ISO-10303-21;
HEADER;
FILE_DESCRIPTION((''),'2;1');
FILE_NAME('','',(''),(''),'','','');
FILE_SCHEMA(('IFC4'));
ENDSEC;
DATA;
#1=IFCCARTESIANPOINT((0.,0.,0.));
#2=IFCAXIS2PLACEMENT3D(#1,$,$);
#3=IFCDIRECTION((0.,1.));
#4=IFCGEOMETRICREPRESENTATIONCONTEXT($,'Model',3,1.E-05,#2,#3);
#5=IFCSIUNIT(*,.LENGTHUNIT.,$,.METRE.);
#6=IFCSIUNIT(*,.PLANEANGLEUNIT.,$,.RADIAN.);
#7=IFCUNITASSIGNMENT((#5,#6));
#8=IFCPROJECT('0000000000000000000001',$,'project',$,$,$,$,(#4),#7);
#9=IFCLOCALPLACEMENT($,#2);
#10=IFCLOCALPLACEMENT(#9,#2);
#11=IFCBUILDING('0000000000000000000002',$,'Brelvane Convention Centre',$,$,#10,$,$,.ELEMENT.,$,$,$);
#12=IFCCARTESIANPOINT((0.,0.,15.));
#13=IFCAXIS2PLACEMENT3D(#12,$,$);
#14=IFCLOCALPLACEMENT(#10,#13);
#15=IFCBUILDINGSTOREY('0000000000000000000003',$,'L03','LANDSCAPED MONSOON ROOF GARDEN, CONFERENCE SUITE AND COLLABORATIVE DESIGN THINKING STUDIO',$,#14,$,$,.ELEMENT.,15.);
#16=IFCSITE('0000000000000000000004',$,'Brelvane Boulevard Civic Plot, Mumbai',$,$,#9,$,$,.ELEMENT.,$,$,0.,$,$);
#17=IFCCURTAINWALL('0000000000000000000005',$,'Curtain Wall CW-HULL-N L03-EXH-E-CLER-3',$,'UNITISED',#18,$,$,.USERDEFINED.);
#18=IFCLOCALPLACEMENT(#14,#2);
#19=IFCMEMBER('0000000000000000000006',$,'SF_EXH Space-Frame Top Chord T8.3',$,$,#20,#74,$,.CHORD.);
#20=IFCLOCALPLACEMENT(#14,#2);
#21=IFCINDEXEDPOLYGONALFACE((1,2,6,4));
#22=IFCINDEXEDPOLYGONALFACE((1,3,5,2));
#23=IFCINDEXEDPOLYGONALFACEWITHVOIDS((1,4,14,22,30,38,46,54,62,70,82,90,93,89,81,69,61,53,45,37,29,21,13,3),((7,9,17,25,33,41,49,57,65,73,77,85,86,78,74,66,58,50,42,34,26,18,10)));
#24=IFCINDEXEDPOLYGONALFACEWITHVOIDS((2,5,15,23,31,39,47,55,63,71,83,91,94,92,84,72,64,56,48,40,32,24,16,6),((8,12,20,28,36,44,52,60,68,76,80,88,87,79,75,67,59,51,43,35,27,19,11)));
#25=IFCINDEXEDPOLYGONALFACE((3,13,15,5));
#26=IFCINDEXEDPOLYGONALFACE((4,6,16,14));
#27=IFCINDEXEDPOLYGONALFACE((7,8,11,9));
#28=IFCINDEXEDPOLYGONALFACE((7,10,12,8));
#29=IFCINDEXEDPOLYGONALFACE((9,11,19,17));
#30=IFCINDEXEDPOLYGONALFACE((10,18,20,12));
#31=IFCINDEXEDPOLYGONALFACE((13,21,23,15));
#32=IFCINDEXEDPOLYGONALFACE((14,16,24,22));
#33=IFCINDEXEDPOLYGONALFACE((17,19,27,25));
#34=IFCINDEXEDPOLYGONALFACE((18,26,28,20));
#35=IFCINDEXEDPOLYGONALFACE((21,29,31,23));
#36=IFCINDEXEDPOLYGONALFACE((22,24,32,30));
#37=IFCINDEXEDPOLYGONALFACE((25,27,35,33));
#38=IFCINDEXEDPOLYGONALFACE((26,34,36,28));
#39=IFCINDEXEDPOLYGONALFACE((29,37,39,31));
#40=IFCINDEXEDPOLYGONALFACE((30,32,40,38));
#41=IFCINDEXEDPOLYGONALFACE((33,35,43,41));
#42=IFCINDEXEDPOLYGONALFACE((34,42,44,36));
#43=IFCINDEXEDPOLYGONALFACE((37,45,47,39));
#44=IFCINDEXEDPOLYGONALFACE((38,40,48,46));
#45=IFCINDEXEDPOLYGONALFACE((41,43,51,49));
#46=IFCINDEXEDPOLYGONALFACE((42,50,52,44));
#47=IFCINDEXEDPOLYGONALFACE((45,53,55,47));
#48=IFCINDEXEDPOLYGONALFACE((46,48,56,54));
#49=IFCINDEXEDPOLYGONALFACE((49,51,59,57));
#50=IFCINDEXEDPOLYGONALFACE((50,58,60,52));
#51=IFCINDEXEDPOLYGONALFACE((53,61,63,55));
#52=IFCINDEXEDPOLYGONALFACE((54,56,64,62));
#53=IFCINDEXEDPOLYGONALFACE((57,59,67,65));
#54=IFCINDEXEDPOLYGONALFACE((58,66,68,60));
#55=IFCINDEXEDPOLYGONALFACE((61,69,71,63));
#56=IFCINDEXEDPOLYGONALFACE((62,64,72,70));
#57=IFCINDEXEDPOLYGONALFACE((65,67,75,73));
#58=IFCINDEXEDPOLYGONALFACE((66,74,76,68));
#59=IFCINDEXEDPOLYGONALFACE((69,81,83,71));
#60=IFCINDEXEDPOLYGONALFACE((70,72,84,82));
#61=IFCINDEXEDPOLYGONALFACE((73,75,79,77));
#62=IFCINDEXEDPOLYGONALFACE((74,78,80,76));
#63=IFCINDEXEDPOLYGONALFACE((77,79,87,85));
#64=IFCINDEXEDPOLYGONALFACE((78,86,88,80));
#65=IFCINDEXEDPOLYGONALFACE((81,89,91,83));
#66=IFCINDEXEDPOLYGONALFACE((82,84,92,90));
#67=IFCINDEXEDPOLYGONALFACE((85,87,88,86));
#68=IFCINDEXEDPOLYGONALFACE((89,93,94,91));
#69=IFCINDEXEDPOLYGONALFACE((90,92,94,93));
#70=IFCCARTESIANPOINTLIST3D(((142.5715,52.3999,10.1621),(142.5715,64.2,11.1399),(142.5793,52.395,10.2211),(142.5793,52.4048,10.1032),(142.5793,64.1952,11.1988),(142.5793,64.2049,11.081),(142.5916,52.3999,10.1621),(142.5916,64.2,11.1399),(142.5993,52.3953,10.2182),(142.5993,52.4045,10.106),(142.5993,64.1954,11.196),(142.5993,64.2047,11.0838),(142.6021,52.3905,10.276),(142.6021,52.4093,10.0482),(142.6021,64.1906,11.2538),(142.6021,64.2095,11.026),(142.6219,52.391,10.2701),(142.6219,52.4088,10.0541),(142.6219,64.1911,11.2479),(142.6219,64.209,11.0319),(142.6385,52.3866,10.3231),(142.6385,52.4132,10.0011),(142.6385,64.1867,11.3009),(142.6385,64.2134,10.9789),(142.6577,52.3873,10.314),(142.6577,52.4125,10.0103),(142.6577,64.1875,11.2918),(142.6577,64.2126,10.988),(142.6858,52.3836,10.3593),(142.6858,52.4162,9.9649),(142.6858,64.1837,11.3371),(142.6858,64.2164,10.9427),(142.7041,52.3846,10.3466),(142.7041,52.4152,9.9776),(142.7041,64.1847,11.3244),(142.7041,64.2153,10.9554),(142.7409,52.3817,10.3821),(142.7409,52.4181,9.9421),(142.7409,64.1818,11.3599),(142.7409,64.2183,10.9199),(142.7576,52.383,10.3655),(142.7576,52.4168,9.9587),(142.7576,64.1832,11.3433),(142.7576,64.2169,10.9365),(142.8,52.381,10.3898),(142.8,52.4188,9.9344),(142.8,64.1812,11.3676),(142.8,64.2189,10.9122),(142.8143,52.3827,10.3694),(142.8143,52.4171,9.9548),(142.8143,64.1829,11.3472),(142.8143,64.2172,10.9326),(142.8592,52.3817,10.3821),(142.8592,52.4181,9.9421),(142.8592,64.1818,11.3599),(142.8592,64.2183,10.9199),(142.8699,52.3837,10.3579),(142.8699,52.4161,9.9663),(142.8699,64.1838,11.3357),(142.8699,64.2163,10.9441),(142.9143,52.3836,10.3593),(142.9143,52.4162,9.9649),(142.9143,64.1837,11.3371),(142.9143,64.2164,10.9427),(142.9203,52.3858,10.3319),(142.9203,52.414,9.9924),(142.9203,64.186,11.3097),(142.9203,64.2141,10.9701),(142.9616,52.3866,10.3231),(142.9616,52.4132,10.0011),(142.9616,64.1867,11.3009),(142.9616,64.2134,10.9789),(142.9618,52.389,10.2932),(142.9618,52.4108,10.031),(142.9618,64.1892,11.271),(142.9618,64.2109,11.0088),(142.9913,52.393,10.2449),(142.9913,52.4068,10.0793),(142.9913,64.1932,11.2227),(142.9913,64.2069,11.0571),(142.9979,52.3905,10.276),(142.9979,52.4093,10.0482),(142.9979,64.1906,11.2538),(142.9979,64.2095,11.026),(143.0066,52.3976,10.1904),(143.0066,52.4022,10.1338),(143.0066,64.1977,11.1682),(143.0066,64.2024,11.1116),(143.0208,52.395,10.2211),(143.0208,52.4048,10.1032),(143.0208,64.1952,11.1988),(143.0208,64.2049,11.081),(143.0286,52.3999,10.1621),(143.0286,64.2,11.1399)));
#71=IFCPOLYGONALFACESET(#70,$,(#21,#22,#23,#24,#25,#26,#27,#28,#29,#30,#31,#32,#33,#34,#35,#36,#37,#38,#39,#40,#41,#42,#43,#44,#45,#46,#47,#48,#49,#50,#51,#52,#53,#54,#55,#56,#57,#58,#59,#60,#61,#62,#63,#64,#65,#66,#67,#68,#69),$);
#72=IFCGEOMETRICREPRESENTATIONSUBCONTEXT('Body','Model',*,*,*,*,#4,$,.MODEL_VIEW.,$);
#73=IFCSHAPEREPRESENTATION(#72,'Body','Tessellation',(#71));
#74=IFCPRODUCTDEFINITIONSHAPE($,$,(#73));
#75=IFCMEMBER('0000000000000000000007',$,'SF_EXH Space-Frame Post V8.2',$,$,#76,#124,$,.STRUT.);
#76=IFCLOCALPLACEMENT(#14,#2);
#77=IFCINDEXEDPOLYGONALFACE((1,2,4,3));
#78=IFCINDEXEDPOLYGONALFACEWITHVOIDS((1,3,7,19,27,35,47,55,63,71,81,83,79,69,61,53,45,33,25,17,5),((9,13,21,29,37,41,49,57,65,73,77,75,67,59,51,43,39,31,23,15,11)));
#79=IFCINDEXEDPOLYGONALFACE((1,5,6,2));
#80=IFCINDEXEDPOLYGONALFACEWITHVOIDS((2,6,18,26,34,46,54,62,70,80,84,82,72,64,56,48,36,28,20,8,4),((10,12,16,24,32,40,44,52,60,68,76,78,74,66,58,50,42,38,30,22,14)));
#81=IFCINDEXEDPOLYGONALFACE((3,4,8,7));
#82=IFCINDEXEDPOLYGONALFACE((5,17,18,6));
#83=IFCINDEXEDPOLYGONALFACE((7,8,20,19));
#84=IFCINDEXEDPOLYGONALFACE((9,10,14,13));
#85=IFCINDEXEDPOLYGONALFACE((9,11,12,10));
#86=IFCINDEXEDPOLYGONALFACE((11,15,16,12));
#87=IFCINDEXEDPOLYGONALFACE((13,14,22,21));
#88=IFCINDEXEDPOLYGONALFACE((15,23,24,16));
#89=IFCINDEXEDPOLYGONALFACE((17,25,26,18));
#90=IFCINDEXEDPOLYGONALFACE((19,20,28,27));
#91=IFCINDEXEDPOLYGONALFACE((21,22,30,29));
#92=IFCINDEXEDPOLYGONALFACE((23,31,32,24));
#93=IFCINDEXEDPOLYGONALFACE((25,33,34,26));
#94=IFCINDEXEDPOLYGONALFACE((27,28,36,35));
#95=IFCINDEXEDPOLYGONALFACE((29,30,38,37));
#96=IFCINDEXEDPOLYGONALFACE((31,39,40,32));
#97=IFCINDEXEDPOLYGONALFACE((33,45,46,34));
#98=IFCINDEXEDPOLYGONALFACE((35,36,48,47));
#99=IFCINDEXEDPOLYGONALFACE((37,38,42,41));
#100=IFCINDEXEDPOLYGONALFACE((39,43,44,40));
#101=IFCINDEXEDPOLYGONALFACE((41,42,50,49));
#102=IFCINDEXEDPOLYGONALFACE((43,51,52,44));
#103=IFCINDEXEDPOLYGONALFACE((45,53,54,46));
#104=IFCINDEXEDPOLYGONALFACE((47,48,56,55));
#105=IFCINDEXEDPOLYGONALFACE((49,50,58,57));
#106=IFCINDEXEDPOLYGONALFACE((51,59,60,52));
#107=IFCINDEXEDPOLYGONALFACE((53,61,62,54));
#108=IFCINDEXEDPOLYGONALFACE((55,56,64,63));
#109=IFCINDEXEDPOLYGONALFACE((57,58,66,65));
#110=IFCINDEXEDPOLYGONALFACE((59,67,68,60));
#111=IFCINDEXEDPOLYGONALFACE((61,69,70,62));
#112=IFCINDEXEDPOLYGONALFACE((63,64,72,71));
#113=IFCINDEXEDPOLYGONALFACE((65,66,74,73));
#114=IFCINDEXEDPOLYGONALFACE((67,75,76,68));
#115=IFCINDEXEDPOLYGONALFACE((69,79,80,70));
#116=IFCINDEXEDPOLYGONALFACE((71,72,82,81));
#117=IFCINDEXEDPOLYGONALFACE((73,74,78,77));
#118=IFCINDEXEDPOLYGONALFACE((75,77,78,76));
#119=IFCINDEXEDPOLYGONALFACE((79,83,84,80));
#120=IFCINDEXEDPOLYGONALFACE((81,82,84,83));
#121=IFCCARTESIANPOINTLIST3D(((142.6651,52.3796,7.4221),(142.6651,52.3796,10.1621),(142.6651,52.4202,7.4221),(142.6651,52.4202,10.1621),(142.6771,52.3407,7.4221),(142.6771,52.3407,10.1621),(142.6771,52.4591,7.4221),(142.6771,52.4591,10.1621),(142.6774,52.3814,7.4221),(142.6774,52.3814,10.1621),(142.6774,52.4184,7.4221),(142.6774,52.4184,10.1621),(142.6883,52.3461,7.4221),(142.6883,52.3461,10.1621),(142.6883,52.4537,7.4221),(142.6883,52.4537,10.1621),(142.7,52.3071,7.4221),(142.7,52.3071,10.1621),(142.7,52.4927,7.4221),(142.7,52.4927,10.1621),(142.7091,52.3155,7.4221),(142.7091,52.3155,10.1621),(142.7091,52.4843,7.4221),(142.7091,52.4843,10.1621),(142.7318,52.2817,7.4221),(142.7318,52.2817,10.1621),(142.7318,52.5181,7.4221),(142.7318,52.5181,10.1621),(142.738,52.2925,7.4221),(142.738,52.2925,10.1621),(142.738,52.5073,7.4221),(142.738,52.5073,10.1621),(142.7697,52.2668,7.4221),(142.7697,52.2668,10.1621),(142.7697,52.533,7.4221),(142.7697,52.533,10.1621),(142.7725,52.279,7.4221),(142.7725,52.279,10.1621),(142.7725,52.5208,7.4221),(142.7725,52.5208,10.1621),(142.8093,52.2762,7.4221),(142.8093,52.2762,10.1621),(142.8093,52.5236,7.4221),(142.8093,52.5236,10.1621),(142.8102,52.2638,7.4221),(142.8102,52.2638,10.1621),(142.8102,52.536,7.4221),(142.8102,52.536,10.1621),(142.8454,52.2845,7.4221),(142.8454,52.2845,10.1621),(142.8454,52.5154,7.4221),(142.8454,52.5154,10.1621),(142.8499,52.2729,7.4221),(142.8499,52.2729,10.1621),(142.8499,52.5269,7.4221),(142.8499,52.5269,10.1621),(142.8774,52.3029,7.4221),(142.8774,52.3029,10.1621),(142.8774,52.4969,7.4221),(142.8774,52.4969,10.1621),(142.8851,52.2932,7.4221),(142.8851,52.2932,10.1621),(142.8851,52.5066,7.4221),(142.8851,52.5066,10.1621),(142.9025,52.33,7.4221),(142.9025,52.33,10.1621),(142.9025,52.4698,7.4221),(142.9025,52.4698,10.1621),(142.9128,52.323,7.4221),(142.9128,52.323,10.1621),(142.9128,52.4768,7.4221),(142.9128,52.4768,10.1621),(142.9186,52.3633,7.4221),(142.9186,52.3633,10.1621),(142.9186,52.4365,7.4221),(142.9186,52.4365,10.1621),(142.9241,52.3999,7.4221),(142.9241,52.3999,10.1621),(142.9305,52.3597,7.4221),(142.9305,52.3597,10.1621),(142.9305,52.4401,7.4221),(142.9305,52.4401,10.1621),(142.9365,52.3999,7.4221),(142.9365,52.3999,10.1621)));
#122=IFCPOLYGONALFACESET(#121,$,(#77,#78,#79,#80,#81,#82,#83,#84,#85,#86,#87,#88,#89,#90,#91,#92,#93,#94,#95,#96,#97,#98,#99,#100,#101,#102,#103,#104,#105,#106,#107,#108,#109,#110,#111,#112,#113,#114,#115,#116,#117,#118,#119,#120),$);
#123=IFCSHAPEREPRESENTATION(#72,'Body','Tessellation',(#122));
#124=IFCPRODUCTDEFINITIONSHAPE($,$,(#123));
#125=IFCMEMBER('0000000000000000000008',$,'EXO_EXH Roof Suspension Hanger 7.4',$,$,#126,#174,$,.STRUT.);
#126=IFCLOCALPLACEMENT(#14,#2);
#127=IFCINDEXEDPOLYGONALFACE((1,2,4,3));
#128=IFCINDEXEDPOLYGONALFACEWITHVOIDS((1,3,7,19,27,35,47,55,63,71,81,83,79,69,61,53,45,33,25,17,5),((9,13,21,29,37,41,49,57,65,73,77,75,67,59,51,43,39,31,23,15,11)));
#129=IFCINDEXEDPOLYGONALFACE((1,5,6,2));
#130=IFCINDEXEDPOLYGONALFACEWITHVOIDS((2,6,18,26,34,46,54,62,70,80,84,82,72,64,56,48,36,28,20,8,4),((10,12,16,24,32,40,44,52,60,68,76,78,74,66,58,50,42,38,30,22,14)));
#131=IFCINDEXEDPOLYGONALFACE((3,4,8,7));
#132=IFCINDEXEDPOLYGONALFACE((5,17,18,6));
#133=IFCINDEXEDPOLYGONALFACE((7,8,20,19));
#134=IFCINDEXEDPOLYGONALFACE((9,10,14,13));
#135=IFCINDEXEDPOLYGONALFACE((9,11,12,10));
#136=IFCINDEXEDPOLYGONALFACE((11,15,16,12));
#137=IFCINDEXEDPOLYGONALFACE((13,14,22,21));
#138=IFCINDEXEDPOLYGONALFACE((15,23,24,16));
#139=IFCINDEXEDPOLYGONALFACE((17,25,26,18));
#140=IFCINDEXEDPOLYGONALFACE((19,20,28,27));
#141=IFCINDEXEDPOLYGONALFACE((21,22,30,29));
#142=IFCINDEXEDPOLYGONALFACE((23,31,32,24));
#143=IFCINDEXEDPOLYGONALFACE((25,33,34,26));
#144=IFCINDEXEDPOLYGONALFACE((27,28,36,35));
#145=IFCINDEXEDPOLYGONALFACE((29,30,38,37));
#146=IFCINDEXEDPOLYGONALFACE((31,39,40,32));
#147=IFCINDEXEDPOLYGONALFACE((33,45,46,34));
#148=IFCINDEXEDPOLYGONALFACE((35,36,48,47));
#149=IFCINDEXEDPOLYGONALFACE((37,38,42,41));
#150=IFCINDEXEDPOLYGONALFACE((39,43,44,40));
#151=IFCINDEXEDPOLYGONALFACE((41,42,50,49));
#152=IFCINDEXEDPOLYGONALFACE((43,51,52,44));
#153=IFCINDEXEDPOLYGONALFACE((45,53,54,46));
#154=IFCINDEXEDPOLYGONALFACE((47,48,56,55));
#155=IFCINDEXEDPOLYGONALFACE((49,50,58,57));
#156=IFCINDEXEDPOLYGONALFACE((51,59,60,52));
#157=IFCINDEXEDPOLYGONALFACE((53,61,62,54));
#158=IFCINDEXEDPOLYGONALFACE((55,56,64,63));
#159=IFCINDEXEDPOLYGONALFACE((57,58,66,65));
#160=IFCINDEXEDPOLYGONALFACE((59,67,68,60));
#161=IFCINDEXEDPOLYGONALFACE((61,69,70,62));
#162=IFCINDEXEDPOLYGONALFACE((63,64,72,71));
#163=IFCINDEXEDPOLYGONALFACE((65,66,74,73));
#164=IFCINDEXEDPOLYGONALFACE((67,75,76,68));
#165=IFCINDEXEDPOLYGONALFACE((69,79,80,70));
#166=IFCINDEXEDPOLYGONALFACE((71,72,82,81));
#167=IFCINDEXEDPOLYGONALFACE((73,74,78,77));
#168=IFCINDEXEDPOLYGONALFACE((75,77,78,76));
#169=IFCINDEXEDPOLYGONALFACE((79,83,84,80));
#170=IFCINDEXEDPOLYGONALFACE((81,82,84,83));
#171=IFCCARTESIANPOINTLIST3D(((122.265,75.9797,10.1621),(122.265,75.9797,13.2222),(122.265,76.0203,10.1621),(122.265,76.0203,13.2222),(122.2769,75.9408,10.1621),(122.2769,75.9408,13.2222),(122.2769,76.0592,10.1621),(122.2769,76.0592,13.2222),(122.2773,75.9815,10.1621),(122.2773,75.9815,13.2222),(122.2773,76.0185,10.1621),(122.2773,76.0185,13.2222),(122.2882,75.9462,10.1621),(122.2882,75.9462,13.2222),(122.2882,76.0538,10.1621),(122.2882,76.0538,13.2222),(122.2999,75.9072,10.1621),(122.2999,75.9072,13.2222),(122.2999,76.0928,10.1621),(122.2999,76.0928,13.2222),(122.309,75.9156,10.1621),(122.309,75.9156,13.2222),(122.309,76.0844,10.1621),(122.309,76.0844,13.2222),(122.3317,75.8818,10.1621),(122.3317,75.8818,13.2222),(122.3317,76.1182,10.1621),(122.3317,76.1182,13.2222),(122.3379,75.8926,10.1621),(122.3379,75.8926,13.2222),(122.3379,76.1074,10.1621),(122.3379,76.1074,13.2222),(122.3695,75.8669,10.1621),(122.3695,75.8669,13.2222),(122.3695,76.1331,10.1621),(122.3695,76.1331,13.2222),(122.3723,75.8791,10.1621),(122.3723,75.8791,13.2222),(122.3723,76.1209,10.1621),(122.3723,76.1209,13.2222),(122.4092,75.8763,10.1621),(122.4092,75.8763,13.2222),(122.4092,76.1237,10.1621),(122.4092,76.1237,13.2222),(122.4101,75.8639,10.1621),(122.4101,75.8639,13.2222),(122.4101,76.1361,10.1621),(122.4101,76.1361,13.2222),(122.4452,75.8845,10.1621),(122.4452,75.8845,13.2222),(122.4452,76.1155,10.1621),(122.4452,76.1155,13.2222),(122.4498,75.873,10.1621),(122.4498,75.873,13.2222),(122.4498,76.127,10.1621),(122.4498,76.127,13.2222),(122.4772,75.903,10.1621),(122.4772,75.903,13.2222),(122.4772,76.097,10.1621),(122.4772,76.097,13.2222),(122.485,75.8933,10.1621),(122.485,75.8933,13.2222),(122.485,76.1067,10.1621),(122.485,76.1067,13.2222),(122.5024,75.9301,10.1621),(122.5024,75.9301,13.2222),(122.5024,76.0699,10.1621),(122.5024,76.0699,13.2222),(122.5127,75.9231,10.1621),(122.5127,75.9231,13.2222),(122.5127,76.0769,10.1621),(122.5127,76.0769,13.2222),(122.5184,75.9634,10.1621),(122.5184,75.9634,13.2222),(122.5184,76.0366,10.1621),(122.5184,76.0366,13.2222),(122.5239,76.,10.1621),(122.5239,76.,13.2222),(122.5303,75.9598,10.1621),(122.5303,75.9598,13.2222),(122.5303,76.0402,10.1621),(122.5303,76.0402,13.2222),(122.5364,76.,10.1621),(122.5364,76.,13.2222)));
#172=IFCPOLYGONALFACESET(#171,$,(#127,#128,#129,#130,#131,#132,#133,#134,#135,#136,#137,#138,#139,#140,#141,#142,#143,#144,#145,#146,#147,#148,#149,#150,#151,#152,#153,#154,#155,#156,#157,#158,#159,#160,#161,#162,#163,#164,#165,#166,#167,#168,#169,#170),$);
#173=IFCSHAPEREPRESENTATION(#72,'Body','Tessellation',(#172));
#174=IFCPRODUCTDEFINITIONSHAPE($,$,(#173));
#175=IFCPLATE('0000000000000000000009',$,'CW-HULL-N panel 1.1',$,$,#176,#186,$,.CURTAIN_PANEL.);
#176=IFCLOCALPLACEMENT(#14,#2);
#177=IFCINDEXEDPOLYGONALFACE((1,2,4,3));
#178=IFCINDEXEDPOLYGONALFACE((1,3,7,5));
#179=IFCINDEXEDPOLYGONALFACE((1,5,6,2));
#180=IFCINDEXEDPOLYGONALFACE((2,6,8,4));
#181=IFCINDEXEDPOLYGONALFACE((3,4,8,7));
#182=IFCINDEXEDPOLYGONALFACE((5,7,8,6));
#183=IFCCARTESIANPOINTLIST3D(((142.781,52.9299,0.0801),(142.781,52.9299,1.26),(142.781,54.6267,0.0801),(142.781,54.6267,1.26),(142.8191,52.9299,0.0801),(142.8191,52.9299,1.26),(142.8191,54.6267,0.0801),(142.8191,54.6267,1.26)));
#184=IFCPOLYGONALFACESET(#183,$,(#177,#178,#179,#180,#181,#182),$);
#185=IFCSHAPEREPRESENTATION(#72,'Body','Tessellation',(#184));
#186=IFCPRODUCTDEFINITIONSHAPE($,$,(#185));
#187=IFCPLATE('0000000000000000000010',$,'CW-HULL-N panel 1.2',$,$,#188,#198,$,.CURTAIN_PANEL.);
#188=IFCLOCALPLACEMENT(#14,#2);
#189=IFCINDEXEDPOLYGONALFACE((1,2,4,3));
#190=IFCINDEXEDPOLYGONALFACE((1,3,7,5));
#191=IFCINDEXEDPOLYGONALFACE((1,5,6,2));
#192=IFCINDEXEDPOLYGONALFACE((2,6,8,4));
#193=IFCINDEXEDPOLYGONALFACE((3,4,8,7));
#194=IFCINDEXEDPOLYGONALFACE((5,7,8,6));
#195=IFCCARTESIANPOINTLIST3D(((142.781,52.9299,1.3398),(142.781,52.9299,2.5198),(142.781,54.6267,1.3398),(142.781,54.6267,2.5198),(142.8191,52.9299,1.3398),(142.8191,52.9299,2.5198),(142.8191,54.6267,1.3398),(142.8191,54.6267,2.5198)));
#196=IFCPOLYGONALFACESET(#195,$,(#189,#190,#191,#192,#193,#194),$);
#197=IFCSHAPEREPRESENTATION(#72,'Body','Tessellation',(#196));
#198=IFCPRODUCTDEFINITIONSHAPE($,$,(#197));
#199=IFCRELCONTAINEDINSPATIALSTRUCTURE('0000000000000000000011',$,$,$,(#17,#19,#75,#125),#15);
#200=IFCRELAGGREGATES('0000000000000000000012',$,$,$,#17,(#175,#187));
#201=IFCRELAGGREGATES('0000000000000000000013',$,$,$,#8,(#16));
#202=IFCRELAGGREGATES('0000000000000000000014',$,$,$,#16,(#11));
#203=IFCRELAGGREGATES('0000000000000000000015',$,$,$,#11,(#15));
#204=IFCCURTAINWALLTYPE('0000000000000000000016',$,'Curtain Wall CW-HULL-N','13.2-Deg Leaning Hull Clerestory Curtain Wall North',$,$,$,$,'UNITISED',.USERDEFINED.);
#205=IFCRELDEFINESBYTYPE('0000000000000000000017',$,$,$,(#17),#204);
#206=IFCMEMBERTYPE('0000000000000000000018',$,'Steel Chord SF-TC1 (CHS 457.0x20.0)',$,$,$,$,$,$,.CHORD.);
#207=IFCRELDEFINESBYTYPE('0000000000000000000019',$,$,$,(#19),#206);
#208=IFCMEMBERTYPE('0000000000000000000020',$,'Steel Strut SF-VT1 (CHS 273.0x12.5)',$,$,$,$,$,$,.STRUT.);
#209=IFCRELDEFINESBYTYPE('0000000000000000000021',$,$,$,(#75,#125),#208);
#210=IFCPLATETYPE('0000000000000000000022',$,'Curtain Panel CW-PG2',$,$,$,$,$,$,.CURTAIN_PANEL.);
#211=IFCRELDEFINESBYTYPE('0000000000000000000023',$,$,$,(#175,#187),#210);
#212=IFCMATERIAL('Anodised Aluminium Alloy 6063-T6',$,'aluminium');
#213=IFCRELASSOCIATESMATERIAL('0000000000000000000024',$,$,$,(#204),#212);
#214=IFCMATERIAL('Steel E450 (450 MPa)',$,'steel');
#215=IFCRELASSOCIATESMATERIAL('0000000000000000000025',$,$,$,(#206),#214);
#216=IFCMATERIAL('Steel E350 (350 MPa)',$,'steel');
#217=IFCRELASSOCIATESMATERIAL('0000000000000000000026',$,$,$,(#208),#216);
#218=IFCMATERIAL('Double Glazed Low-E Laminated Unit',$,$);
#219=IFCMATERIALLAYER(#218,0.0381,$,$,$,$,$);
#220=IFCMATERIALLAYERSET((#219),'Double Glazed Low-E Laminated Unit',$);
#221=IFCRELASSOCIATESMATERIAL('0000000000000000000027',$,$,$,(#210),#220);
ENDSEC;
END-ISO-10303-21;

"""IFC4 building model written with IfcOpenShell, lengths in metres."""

from ifc_helpers import new_model, si_unit, direction, frame, origin, origin_2d, place, context, subcontext, project, spatial, rectangle, hollow_circle, extrude, material, layer, layer_set, material_profile, profile_set, type_object, element, aggregate, save


model = new_model("IFC4")

# Units and contexts
model_context = context("Model", 3, precision=1e-05, world=origin(), true_north=direction((0.0, 1.0)))
body_context = subcontext(model_context, "Body", "Model", "MODEL_VIEW")
ifc_project = project(units=[si_unit("LENGTHUNIT", "METRE"), si_unit("PLANEANGLEUNIT", "RADIAN")], contexts=[model_context])

# Site, building, storey
site_placement = place(None, origin())
site = spatial("IfcSite", under=ifc_project, at=site_placement, Name="Brelvane Boulevard Civic Plot, Mumbai", CompositionType="ELEMENT", RefElevation=0.0)
building_placement = place(site_placement, origin())
building = spatial("IfcBuilding", under=site, at=building_placement, Name="Brelvane Convention Centre", CompositionType="ELEMENT")
storey_placement = place(building_placement, frame((0.0, 0.0, 15.0)))
storey = spatial("IfcBuildingStorey", under=building, at=storey_placement, Name="L03", Description="LANDSCAPED MONSOON ROOF GARDEN, CONFERENCE SUITE AND COLLABORATIVE DESIGN THINKING STUDIO", CompositionType="ELEMENT", Elevation=15.0)

# Curtain wall
ifc_material_1 = material(Name="Anodised Aluminium Alloy 6063-T6", Category="aluminium")
curtain_wall_type = type_object("IfcCurtainWallType", Name="Curtain Wall CW-HULL-N", Description="13.2-Deg Leaning Hull Clerestory Curtain Wall North", ElementType="UNITISED", PredefinedType="USERDEFINED", material=ifc_material_1)
curtain_wall_placement = place(storey_placement, origin())
curtain_wall = element("IfcCurtainWall", 1, at=curtain_wall_placement, inside=storey, type_object=curtain_wall_type, Name="Curtain Wall CW-HULL-N L03-EXH-E-CLER-3", ObjectType="UNITISED", PredefinedType="USERDEFINED")

# Members
ifc_material_2 = material(Name="Steel E450 (450 MPa)", Category="steel")
ifc_material_profile_1 = material_profile(ifc_material_2, hollow_circle(Radius=0.2285, WallThickness=0.02, at=origin_2d()), Name="CHS 457.0x20.0")
ifc_profile_set_1 = profile_set([ifc_material_profile_1], Name="Steel E450 (450 MPa)")
member_type_1 = type_object("IfcMemberType", Name="Steel Chord SF-TC1 (CHS 457.0x20.0)", PredefinedType="CHORD", material=ifc_profile_set_1)
member_1_placement = place(storey_placement, frame((142.8, 52.3999, 10.1621), z_axis=(0.0, 0.996584, 0.08258), x_axis=(-1.0, 0.0, 0.0)))
element("IfcMember", 2, at=member_1_placement, inside=storey, type_object=member_type_1, Name="SF_EXH Space-Frame Top Chord T8.3", PredefinedType="CHORD", context=body_context, shape_type="SweptSolid", body=[
    extrude(hollow_circle(Radius=0.2285, WallThickness=0.02, at=origin_2d()), origin(), (0.0, 0.0, 1.0), 11.8406),
])
ifc_material_3 = material(Name="Steel E350 (350 MPa)", Category="steel")
ifc_material_profile_2 = material_profile(ifc_material_3, hollow_circle(Radius=0.1365, WallThickness=0.0125, at=origin_2d()), Name="CHS 273.0x12.5")
ifc_profile_set_2 = profile_set([ifc_material_profile_2], Name="Steel E350 (350 MPa)")
member_type_2 = type_object("IfcMemberType", Name="Steel Strut SF-VT1 (CHS 273.0x12.5)", PredefinedType="STRUT", material=ifc_profile_set_2)
member_2_placement = place(storey_placement, frame((142.8, 52.3999, 7.4221), z_axis=(0.0, 0.0, 1.0), x_axis=(1.0, 0.0, 0.0)))
element("IfcMember", 3, at=member_2_placement, inside=storey, type_object=member_type_2, Name="SF_EXH Space-Frame Post V8.2", PredefinedType="STRUT", context=body_context, shape_type="SweptSolid", body=[
    extrude(hollow_circle(Radius=0.1365, WallThickness=0.0125, at=origin_2d()), origin(), (0.0, 0.0, 1.0), 2.74),
])
member_3_placement = place(storey_placement, frame((122.3999, 76.0, 10.1621), z_axis=(0.0, 0.0, 1.0), x_axis=(1.0, 0.0, 0.0)))
element("IfcMember", 4, at=member_3_placement, inside=storey, type_object=member_type_2, Name="EXO_EXH Roof Suspension Hanger 7.4", PredefinedType="STRUT", context=body_context, shape_type="SweptSolid", body=[
    extrude(hollow_circle(Radius=0.1365, WallThickness=0.0125, at=origin_2d()), origin(), (0.0, 0.0, 1.0), 3.0601),
])

# Plates
ifc_material_4 = material(Name="Double Glazed Low-E Laminated Unit")
ifc_layer_1 = layer(ifc_material_4, 0.0381)
ifc_layer_set_1 = layer_set([ifc_layer_1], Name="Double Glazed Low-E Laminated Unit")
plate_type_1 = type_object("IfcPlateType", Name="Curtain Panel CW-PG2", PredefinedType="CURTAIN_PANEL", material=ifc_layer_set_1)
plate_1_placement = place(storey_placement, frame((142.8, 53.7783, 0.0801), z_axis=(0.0, 0.0, 1.0), x_axis=(0.0, 1.0, 0.0)))
plate_1 = element("IfcPlate", 5, at=plate_1_placement, type_object=plate_type_1, Name="CW-HULL-N panel 1.1", PredefinedType="CURTAIN_PANEL", context=body_context, shape_type="SweptSolid", body=[
    extrude(rectangle(XDim=1.6968, YDim=0.0381, at=origin_2d()), origin(), (0.0, 0.0, 1.0), 1.1799),
])
plate_2_placement = place(storey_placement, frame((142.8, 53.7783, 1.3398), z_axis=(0.0, 0.0, 1.0), x_axis=(0.0, 1.0, 0.0)))
plate_2 = element("IfcPlate", 6, at=plate_2_placement, type_object=plate_type_1, Name="CW-HULL-N panel 1.2", PredefinedType="CURTAIN_PANEL", context=body_context, shape_type="SweptSolid", body=[
    extrude(rectangle(XDim=1.6968, YDim=0.0381, at=origin_2d()), origin(), (0.0, 0.0, 1.0), 1.1799),
])
aggregate(curtain_wall, [plate_1, plate_2])

save(model, "model.ifc")
